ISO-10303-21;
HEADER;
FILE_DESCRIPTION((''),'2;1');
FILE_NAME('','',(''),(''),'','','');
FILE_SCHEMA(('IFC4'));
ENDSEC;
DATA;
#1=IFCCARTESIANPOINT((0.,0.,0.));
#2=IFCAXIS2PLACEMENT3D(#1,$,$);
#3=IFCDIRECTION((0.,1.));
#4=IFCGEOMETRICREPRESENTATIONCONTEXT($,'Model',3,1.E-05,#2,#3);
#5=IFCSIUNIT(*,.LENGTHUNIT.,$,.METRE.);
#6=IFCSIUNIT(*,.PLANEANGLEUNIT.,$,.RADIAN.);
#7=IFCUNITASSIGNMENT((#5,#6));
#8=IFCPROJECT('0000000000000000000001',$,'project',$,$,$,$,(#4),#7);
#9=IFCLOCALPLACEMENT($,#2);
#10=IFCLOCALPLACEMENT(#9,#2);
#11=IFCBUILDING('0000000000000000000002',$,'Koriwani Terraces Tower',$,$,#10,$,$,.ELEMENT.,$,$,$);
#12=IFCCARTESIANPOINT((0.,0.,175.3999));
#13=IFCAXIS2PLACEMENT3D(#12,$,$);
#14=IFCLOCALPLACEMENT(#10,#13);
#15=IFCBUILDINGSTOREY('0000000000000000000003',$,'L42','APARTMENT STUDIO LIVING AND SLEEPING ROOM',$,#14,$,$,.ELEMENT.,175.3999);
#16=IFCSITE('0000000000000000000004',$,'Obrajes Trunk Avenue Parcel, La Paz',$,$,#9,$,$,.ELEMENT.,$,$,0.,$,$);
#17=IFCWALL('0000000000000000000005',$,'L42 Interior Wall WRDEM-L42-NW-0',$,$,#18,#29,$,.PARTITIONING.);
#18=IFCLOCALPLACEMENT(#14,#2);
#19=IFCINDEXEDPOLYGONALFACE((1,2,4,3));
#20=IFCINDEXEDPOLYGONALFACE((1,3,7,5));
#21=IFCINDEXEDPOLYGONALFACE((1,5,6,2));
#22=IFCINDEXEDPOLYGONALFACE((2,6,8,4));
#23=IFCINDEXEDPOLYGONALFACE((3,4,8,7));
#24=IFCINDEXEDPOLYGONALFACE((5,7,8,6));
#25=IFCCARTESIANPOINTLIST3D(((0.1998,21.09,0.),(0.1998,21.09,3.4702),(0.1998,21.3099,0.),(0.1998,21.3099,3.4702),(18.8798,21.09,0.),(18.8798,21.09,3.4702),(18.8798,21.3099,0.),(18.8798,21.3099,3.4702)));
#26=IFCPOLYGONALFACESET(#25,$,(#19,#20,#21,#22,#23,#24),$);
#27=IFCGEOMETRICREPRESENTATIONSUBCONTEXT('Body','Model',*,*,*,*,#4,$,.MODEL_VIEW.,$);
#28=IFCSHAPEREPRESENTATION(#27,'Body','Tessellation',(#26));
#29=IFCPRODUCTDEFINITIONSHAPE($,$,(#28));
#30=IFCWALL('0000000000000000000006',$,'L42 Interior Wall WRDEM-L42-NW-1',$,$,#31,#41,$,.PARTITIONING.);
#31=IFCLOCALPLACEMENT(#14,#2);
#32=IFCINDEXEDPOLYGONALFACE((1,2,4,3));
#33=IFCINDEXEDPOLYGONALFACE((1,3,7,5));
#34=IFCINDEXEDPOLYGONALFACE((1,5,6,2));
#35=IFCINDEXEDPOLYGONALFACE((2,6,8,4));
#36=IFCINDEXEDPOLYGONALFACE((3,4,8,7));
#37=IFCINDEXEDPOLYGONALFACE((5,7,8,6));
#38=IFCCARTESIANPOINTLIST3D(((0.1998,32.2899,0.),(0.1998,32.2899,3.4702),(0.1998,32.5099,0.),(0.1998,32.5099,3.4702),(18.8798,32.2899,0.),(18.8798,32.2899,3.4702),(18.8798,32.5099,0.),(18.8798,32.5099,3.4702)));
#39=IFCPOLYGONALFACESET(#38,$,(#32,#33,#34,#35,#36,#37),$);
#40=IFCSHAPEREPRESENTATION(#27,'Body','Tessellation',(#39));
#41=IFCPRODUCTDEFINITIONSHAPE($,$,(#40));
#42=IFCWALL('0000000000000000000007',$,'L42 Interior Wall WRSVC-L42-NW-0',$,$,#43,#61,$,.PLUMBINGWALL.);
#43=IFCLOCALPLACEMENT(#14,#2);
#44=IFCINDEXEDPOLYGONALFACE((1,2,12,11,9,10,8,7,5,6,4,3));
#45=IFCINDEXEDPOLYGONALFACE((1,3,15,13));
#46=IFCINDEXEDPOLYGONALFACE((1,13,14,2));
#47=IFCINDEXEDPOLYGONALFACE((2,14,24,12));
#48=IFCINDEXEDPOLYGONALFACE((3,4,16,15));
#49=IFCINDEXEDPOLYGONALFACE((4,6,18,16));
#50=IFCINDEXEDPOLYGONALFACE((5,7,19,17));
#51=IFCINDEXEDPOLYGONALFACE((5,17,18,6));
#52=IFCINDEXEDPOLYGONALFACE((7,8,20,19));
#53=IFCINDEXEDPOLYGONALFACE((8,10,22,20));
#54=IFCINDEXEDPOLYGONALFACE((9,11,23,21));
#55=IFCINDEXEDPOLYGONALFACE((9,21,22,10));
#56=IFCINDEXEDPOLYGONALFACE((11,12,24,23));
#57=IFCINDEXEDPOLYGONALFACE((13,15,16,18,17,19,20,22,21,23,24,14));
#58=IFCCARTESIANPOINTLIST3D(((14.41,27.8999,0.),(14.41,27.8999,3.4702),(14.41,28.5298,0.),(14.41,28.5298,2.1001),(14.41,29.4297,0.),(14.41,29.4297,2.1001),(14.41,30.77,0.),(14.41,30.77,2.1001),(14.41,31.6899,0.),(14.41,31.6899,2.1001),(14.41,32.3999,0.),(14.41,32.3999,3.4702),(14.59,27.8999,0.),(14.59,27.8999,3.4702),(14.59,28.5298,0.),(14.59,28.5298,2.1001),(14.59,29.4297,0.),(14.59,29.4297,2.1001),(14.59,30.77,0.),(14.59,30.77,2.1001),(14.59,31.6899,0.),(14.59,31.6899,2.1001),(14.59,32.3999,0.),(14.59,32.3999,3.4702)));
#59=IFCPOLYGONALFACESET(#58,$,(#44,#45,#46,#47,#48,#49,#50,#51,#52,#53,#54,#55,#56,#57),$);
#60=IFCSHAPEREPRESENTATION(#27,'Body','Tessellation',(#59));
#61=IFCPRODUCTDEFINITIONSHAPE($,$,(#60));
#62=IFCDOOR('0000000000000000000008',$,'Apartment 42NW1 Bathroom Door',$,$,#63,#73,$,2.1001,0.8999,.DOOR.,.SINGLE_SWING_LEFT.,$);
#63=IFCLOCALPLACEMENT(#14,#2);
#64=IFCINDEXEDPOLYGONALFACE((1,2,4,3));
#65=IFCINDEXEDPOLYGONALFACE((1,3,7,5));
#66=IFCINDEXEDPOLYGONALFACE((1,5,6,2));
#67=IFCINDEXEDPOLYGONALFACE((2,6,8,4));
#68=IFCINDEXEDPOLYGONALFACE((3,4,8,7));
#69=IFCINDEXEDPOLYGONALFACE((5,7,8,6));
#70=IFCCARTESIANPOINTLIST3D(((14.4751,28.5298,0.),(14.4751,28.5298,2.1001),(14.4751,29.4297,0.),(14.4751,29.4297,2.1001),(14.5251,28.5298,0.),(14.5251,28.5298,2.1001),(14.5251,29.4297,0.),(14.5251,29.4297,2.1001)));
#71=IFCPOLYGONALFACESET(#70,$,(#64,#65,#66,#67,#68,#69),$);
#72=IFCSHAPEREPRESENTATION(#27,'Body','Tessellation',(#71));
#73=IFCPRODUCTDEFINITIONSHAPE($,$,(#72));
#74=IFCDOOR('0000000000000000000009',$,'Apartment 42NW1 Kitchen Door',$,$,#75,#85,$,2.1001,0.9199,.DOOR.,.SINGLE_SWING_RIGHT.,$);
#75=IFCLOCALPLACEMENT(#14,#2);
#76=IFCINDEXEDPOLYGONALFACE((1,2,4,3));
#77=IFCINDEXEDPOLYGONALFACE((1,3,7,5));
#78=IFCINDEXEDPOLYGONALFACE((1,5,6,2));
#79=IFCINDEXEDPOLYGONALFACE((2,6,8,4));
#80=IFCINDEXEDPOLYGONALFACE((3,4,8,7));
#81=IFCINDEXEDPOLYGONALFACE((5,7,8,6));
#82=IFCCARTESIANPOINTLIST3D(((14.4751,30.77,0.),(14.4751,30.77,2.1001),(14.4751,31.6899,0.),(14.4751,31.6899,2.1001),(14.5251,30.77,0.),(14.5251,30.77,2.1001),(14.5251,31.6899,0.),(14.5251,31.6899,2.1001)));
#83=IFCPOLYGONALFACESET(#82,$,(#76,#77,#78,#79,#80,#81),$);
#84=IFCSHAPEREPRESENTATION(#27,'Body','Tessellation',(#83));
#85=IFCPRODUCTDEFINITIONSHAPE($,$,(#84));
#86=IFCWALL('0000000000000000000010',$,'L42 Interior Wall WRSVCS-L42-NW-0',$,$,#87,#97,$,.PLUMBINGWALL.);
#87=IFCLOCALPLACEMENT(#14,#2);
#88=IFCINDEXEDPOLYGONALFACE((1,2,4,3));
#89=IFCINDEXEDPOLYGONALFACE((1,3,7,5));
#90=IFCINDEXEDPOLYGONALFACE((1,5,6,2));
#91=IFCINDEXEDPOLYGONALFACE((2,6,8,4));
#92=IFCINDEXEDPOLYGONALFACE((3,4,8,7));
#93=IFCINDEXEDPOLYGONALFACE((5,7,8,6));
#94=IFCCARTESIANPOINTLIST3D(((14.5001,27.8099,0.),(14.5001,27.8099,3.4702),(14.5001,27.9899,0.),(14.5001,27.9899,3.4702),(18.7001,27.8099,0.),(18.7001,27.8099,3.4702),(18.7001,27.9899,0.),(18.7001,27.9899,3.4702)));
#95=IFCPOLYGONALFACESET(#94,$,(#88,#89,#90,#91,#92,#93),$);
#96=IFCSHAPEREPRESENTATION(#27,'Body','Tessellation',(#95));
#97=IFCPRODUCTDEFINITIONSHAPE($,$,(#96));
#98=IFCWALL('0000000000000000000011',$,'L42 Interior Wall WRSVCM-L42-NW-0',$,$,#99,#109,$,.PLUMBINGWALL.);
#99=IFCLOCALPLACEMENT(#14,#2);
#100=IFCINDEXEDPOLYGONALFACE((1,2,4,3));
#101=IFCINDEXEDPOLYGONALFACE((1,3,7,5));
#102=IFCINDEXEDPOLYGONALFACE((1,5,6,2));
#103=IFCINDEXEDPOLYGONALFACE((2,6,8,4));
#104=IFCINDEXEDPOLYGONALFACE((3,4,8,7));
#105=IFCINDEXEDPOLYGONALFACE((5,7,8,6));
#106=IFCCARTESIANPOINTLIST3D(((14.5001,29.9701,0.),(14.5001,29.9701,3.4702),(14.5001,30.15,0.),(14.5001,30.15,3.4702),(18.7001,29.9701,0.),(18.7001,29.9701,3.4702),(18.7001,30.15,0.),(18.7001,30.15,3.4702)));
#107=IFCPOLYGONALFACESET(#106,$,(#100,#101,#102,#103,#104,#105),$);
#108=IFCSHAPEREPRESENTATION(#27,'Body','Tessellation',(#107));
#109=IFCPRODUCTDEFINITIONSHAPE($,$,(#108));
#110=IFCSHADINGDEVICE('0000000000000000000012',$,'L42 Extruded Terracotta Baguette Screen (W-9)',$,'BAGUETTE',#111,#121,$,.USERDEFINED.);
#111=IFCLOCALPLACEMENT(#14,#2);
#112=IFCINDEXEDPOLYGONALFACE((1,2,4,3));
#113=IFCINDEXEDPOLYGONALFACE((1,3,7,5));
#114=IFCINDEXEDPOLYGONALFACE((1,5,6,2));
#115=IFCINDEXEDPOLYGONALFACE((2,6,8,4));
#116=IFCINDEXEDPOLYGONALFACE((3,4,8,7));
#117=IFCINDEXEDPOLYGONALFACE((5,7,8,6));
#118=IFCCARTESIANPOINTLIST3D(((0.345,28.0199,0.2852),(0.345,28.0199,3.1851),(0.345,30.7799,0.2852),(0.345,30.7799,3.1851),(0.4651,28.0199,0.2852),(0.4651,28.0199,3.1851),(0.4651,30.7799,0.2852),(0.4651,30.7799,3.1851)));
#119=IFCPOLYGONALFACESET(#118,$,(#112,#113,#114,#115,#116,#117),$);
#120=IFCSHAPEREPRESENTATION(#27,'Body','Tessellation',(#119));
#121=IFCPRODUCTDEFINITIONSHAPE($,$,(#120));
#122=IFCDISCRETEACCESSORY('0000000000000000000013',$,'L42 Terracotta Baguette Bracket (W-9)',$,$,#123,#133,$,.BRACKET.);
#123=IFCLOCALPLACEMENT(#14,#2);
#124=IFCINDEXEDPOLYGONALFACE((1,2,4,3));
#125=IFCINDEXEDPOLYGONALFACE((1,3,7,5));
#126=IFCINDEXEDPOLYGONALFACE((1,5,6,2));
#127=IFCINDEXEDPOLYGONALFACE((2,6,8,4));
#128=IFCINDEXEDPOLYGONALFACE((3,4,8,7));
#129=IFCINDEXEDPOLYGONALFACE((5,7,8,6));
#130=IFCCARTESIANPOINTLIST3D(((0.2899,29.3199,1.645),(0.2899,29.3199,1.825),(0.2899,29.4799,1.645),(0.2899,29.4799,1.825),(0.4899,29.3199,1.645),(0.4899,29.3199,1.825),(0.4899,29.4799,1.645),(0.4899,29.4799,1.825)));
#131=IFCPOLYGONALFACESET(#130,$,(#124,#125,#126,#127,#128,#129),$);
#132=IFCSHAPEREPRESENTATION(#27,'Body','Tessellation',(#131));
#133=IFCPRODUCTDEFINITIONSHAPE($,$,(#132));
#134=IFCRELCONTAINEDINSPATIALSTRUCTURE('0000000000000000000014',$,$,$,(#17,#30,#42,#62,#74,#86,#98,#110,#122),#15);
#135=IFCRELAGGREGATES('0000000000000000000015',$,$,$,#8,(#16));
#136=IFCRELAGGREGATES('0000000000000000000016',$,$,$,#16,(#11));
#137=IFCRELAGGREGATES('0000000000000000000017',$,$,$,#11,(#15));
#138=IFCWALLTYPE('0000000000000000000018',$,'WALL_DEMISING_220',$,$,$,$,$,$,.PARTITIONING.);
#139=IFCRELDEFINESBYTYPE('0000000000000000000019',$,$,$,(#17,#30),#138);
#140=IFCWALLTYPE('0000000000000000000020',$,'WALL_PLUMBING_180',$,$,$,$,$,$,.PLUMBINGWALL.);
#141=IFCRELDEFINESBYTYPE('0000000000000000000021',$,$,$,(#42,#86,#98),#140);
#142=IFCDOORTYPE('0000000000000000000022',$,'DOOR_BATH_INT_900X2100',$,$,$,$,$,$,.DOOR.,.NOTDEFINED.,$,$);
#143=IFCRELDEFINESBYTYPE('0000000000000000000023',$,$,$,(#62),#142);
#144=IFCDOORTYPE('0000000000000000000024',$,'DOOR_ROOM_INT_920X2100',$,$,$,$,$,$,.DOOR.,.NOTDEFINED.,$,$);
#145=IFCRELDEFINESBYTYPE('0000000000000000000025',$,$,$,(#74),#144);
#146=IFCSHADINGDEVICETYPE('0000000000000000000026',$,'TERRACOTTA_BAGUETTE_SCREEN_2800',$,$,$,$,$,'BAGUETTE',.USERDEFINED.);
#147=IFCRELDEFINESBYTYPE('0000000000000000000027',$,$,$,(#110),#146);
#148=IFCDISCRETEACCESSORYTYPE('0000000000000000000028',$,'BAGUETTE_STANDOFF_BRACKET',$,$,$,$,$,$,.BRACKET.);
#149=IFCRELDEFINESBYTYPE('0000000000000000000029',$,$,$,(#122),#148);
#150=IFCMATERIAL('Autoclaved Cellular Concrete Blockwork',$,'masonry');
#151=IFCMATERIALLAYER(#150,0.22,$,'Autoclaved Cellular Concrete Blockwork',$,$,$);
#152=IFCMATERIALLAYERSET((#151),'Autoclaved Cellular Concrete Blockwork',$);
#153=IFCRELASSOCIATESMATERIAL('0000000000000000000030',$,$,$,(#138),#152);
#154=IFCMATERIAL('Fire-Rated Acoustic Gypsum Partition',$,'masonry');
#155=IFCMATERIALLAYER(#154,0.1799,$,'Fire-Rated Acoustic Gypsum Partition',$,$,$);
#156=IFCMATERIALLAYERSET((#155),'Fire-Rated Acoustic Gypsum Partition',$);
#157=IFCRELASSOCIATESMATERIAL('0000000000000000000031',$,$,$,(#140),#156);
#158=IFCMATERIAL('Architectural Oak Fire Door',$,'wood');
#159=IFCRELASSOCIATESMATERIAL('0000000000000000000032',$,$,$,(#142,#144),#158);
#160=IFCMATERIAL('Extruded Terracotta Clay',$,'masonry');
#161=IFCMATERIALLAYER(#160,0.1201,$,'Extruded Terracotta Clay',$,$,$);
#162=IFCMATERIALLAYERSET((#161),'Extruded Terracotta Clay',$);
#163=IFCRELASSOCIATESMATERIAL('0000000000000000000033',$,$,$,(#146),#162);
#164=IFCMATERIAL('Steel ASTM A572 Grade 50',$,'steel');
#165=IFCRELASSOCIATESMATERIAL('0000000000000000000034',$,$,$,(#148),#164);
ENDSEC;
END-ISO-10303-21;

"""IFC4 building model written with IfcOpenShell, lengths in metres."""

from ifc_helpers import new_model, si_unit, direction, frame, frame_2d, origin, origin_2d, place, context, subcontext, project, spatial, rectangle, extrude, material, layer, layer_set, type_object, element, fill, save


model = new_model("IFC4")

# Units and contexts
model_context = context("Model", 3, precision=1e-05, world=origin(), true_north=direction((0.0, 1.0)))
body_context = subcontext(model_context, "Body", "Model", "MODEL_VIEW")
ifc_project = project(units=[si_unit("LENGTHUNIT", "METRE"), si_unit("PLANEANGLEUNIT", "RADIAN")], contexts=[model_context])

# Site, building, storey
site_placement = place(None, origin())
site = spatial("IfcSite", under=ifc_project, at=site_placement, Name="Obrajes Trunk Avenue Parcel, La Paz", CompositionType="ELEMENT", RefElevation=0.0)
building_placement = place(site_placement, origin())
building = spatial("IfcBuilding", under=site, at=building_placement, Name="Koriwani Terraces Tower", CompositionType="ELEMENT")
storey_placement = place(building_placement, frame((0.0, 0.0, 175.3999)))
storey = spatial("IfcBuildingStorey", under=building, at=storey_placement, Name="L42", Description="APARTMENT STUDIO LIVING AND SLEEPING ROOM", CompositionType="ELEMENT", Elevation=175.3999)

# Shared definitions
ifc_material_1 = material(Name="Steel ASTM A572 Grade 50", Category="steel")

# Shared definitions
ifc_material_2 = material(Name="Autoclaved Cellular Concrete Blockwork", Category="masonry")
ifc_material_3 = material(Name="Architectural Oak Fire Door", Category="wood")

# Walls
ifc_layer_1 = layer(ifc_material_2, 0.22, Name="Autoclaved Cellular Concrete Blockwork")
ifc_layer_set_1 = layer_set([ifc_layer_1], Name="Autoclaved Cellular Concrete Blockwork")
wall_type_1 = type_object("IfcWallType", Name="WALL_DEMISING_220", PredefinedType="PARTITIONING", material=ifc_layer_set_1)
for number, where, z_axis, x_axis, name in (
    (1, (0.2, 21.2, 0.0), (0.0, 0.0, 1.0), (1.0, 0.0, 0.0), "L42 Interior Wall WRDEM-L42-NW-0"),
    (2, (0.2, 32.3999, 0.0), (0.0, 0.0, 1.0), (1.0, 0.0, 0.0), "L42 Interior Wall WRDEM-L42-NW-1"),
):
    element("IfcWall", number, at=place(storey_placement, frame(where, z_axis=z_axis, x_axis=x_axis)), inside=storey, type_object=wall_type_1, Name=name, PredefinedType="PARTITIONING", context=body_context, shape_type="SweptSolid", body=[
        extrude(rectangle(XDim=18.6799, YDim=0.22, at=frame_2d((9.3398, 0.0))), origin(), (0.0, 0.0, 1.0), 3.4702),
    ])

# Wall, openings, doors
ifc_material_4 = material(Name="Fire-Rated Acoustic Gypsum Partition", Category="masonry")
ifc_layer_2 = layer(ifc_material_4, 0.1799, Name="Fire-Rated Acoustic Gypsum Partition")
ifc_layer_set_2 = layer_set([ifc_layer_2], Name="Fire-Rated Acoustic Gypsum Partition")
wall_type_2 = type_object("IfcWallType", Name="WALL_PLUMBING_180", PredefinedType="PLUMBINGWALL", material=ifc_layer_set_2)
wall_1_placement = place(storey_placement, frame((14.5, 27.8999, 0.0), z_axis=(0.0, 0.0, 1.0), x_axis=(0.0, 1.0, 0.0)))
wall_1 = element("IfcWall", 3, at=wall_1_placement, inside=storey, type_object=wall_type_2, Name="L42 Interior Wall WRSVC-L42-NW-0", PredefinedType="PLUMBINGWALL", context=body_context, shape_type="SweptSolid", body=[
    extrude(rectangle(XDim=4.5, YDim=0.1799, at=frame_2d((2.25, 0.0))), origin(), (0.0, 0.0, 1.0), 3.4702),
])
opening_1_placement = place(wall_1_placement, frame((0.6299, 0.0, 0.0)))
opening_1 = element("IfcOpeningElement", 4, at=opening_1_placement, cuts=wall_1, PredefinedType="OPENING", context=body_context, shape_type="SweptSolid", body=[
    extrude(rectangle(XDim=0.8999, YDim=2.1001, at=frame_2d((0.45, 1.05))), frame((0.0, 0.1001, 0.0), z_axis=(0.0, -1.0, 0.0), x_axis=(1.0, 0.0, 0.0)), (0.0, 0.0, 1.0), 0.2),
])
opening_2_placement = place(wall_1_placement, frame((2.8701, 0.0, 0.0)))
opening_2 = element("IfcOpeningElement", 5, at=opening_2_placement, cuts=wall_1, PredefinedType="OPENING", context=body_context, shape_type="SweptSolid", body=[
    extrude(rectangle(XDim=0.9199, YDim=2.1001, at=frame_2d((0.46, 1.05))), frame((0.0, 0.1001, 0.0), z_axis=(0.0, -1.0, 0.0), x_axis=(1.0, 0.0, 0.0)), (0.0, 0.0, 1.0), 0.2),
])
door_type_1 = type_object("IfcDoorType", Name="DOOR_BATH_INT_900X2100", OperationType="NOTDEFINED", PredefinedType="DOOR", material=ifc_material_3)
door_1_placement = place(opening_1_placement, origin())
door_1 = element("IfcDoor", 6, at=door_1_placement, inside=storey, type_object=door_type_1, Name="Apartment 42NW1 Bathroom Door", OperationType="SINGLE_SWING_LEFT", OverallHeight=2.1001, OverallWidth=0.8999, PredefinedType="DOOR", context=body_context, shape_type="SweptSolid", body=[
    extrude(rectangle(XDim=0.8999, YDim=2.1001, at=frame_2d((0.45, 1.05))), frame((0.0, 0.0249, 0.0), z_axis=(0.0, -1.0, 0.0), x_axis=(1.0, 0.0, 0.0)), (0.0, 0.0, 1.0), 0.05),
])
fill(opening_1, door_1)
door_type_2 = type_object("IfcDoorType", Name="DOOR_ROOM_INT_920X2100", OperationType="NOTDEFINED", PredefinedType="DOOR", material=ifc_material_3)
door_2_placement = place(opening_2_placement, origin())
door_2 = element("IfcDoor", 7, at=door_2_placement, inside=storey, type_object=door_type_2, Name="Apartment 42NW1 Kitchen Door", OperationType="SINGLE_SWING_RIGHT", OverallHeight=2.1001, OverallWidth=0.9199, PredefinedType="DOOR", context=body_context, shape_type="SweptSolid", body=[
    extrude(rectangle(XDim=0.9199, YDim=2.1001, at=frame_2d((0.46, 1.05))), frame((0.0, 0.0249, 0.0), z_axis=(0.0, -1.0, 0.0), x_axis=(1.0, 0.0, 0.0)), (0.0, 0.0, 1.0), 0.05),
])
fill(opening_2, door_2)

# Walls
for number, where, z_axis, x_axis, name in (
    (8, (14.5, 27.8999, 0.0), (0.0, 0.0, 1.0), (1.0, 0.0, 0.0), "L42 Interior Wall WRSVCS-L42-NW-0"),
    (9, (14.5, 30.0601, 0.0), (0.0, 0.0, 1.0), (1.0, 0.0, 0.0), "L42 Interior Wall WRSVCM-L42-NW-0"),
):
    element("IfcWall", number, at=place(storey_placement, frame(where, z_axis=z_axis, x_axis=x_axis)), inside=storey, type_object=wall_type_2, Name=name, PredefinedType="PLUMBINGWALL", context=body_context, shape_type="SweptSolid", body=[
        extrude(rectangle(XDim=4.2, YDim=0.1799, at=frame_2d((2.1001, 0.0))), origin(), (0.0, 0.0, 1.0), 3.4702),
    ])

# Shading device
ifc_material_5 = material(Name="Extruded Terracotta Clay", Category="masonry")
ifc_layer_3 = layer(ifc_material_5, 0.1201, Name="Extruded Terracotta Clay")
ifc_layer_set_3 = layer_set([ifc_layer_3], Name="Extruded Terracotta Clay")
shading_device_type = type_object("IfcShadingDeviceType", Name="TERRACOTTA_BAGUETTE_SCREEN_2800", ElementType="BAGUETTE", PredefinedType="USERDEFINED", material=ifc_layer_set_3)
shading_device_placement = place(storey_placement, frame((0.405, 29.3999, 0.2852), z_axis=(0.0, 0.0, 1.0), x_axis=(0.0, 1.0, 0.0)))
element("IfcShadingDevice", 10, at=shading_device_placement, inside=storey, type_object=shading_device_type, Name="L42 Extruded Terracotta Baguette Screen (W-9)", ObjectType="BAGUETTE", PredefinedType="USERDEFINED", context=body_context, shape_type="SweptSolid", body=[
    extrude(rectangle(XDim=2.76, YDim=0.1201, at=origin_2d()), origin(), (0.0, 0.0, 1.0), 2.8999),
])

# Discrete accessory
discrete_accessory_type = type_object("IfcDiscreteAccessoryType", Name="BAGUETTE_STANDOFF_BRACKET", PredefinedType="BRACKET", material=ifc_material_1)
discrete_accessory_placement = place(storey_placement, frame((0.3899, 29.3999, 1.645), z_axis=(0.0, 0.0, 1.0), x_axis=(0.0, 1.0, 0.0)))
element("IfcDiscreteAccessory", 11, at=discrete_accessory_placement, inside=storey, type_object=discrete_accessory_type, Name="L42 Terracotta Baguette Bracket (W-9)", PredefinedType="BRACKET", context=body_context, shape_type="SweptSolid", body=[
    extrude(rectangle(XDim=0.1599, YDim=0.2, at=origin_2d()), origin(), (0.0, 0.0, 1.0), 0.1799),
])

save(model, "model.ifc")
